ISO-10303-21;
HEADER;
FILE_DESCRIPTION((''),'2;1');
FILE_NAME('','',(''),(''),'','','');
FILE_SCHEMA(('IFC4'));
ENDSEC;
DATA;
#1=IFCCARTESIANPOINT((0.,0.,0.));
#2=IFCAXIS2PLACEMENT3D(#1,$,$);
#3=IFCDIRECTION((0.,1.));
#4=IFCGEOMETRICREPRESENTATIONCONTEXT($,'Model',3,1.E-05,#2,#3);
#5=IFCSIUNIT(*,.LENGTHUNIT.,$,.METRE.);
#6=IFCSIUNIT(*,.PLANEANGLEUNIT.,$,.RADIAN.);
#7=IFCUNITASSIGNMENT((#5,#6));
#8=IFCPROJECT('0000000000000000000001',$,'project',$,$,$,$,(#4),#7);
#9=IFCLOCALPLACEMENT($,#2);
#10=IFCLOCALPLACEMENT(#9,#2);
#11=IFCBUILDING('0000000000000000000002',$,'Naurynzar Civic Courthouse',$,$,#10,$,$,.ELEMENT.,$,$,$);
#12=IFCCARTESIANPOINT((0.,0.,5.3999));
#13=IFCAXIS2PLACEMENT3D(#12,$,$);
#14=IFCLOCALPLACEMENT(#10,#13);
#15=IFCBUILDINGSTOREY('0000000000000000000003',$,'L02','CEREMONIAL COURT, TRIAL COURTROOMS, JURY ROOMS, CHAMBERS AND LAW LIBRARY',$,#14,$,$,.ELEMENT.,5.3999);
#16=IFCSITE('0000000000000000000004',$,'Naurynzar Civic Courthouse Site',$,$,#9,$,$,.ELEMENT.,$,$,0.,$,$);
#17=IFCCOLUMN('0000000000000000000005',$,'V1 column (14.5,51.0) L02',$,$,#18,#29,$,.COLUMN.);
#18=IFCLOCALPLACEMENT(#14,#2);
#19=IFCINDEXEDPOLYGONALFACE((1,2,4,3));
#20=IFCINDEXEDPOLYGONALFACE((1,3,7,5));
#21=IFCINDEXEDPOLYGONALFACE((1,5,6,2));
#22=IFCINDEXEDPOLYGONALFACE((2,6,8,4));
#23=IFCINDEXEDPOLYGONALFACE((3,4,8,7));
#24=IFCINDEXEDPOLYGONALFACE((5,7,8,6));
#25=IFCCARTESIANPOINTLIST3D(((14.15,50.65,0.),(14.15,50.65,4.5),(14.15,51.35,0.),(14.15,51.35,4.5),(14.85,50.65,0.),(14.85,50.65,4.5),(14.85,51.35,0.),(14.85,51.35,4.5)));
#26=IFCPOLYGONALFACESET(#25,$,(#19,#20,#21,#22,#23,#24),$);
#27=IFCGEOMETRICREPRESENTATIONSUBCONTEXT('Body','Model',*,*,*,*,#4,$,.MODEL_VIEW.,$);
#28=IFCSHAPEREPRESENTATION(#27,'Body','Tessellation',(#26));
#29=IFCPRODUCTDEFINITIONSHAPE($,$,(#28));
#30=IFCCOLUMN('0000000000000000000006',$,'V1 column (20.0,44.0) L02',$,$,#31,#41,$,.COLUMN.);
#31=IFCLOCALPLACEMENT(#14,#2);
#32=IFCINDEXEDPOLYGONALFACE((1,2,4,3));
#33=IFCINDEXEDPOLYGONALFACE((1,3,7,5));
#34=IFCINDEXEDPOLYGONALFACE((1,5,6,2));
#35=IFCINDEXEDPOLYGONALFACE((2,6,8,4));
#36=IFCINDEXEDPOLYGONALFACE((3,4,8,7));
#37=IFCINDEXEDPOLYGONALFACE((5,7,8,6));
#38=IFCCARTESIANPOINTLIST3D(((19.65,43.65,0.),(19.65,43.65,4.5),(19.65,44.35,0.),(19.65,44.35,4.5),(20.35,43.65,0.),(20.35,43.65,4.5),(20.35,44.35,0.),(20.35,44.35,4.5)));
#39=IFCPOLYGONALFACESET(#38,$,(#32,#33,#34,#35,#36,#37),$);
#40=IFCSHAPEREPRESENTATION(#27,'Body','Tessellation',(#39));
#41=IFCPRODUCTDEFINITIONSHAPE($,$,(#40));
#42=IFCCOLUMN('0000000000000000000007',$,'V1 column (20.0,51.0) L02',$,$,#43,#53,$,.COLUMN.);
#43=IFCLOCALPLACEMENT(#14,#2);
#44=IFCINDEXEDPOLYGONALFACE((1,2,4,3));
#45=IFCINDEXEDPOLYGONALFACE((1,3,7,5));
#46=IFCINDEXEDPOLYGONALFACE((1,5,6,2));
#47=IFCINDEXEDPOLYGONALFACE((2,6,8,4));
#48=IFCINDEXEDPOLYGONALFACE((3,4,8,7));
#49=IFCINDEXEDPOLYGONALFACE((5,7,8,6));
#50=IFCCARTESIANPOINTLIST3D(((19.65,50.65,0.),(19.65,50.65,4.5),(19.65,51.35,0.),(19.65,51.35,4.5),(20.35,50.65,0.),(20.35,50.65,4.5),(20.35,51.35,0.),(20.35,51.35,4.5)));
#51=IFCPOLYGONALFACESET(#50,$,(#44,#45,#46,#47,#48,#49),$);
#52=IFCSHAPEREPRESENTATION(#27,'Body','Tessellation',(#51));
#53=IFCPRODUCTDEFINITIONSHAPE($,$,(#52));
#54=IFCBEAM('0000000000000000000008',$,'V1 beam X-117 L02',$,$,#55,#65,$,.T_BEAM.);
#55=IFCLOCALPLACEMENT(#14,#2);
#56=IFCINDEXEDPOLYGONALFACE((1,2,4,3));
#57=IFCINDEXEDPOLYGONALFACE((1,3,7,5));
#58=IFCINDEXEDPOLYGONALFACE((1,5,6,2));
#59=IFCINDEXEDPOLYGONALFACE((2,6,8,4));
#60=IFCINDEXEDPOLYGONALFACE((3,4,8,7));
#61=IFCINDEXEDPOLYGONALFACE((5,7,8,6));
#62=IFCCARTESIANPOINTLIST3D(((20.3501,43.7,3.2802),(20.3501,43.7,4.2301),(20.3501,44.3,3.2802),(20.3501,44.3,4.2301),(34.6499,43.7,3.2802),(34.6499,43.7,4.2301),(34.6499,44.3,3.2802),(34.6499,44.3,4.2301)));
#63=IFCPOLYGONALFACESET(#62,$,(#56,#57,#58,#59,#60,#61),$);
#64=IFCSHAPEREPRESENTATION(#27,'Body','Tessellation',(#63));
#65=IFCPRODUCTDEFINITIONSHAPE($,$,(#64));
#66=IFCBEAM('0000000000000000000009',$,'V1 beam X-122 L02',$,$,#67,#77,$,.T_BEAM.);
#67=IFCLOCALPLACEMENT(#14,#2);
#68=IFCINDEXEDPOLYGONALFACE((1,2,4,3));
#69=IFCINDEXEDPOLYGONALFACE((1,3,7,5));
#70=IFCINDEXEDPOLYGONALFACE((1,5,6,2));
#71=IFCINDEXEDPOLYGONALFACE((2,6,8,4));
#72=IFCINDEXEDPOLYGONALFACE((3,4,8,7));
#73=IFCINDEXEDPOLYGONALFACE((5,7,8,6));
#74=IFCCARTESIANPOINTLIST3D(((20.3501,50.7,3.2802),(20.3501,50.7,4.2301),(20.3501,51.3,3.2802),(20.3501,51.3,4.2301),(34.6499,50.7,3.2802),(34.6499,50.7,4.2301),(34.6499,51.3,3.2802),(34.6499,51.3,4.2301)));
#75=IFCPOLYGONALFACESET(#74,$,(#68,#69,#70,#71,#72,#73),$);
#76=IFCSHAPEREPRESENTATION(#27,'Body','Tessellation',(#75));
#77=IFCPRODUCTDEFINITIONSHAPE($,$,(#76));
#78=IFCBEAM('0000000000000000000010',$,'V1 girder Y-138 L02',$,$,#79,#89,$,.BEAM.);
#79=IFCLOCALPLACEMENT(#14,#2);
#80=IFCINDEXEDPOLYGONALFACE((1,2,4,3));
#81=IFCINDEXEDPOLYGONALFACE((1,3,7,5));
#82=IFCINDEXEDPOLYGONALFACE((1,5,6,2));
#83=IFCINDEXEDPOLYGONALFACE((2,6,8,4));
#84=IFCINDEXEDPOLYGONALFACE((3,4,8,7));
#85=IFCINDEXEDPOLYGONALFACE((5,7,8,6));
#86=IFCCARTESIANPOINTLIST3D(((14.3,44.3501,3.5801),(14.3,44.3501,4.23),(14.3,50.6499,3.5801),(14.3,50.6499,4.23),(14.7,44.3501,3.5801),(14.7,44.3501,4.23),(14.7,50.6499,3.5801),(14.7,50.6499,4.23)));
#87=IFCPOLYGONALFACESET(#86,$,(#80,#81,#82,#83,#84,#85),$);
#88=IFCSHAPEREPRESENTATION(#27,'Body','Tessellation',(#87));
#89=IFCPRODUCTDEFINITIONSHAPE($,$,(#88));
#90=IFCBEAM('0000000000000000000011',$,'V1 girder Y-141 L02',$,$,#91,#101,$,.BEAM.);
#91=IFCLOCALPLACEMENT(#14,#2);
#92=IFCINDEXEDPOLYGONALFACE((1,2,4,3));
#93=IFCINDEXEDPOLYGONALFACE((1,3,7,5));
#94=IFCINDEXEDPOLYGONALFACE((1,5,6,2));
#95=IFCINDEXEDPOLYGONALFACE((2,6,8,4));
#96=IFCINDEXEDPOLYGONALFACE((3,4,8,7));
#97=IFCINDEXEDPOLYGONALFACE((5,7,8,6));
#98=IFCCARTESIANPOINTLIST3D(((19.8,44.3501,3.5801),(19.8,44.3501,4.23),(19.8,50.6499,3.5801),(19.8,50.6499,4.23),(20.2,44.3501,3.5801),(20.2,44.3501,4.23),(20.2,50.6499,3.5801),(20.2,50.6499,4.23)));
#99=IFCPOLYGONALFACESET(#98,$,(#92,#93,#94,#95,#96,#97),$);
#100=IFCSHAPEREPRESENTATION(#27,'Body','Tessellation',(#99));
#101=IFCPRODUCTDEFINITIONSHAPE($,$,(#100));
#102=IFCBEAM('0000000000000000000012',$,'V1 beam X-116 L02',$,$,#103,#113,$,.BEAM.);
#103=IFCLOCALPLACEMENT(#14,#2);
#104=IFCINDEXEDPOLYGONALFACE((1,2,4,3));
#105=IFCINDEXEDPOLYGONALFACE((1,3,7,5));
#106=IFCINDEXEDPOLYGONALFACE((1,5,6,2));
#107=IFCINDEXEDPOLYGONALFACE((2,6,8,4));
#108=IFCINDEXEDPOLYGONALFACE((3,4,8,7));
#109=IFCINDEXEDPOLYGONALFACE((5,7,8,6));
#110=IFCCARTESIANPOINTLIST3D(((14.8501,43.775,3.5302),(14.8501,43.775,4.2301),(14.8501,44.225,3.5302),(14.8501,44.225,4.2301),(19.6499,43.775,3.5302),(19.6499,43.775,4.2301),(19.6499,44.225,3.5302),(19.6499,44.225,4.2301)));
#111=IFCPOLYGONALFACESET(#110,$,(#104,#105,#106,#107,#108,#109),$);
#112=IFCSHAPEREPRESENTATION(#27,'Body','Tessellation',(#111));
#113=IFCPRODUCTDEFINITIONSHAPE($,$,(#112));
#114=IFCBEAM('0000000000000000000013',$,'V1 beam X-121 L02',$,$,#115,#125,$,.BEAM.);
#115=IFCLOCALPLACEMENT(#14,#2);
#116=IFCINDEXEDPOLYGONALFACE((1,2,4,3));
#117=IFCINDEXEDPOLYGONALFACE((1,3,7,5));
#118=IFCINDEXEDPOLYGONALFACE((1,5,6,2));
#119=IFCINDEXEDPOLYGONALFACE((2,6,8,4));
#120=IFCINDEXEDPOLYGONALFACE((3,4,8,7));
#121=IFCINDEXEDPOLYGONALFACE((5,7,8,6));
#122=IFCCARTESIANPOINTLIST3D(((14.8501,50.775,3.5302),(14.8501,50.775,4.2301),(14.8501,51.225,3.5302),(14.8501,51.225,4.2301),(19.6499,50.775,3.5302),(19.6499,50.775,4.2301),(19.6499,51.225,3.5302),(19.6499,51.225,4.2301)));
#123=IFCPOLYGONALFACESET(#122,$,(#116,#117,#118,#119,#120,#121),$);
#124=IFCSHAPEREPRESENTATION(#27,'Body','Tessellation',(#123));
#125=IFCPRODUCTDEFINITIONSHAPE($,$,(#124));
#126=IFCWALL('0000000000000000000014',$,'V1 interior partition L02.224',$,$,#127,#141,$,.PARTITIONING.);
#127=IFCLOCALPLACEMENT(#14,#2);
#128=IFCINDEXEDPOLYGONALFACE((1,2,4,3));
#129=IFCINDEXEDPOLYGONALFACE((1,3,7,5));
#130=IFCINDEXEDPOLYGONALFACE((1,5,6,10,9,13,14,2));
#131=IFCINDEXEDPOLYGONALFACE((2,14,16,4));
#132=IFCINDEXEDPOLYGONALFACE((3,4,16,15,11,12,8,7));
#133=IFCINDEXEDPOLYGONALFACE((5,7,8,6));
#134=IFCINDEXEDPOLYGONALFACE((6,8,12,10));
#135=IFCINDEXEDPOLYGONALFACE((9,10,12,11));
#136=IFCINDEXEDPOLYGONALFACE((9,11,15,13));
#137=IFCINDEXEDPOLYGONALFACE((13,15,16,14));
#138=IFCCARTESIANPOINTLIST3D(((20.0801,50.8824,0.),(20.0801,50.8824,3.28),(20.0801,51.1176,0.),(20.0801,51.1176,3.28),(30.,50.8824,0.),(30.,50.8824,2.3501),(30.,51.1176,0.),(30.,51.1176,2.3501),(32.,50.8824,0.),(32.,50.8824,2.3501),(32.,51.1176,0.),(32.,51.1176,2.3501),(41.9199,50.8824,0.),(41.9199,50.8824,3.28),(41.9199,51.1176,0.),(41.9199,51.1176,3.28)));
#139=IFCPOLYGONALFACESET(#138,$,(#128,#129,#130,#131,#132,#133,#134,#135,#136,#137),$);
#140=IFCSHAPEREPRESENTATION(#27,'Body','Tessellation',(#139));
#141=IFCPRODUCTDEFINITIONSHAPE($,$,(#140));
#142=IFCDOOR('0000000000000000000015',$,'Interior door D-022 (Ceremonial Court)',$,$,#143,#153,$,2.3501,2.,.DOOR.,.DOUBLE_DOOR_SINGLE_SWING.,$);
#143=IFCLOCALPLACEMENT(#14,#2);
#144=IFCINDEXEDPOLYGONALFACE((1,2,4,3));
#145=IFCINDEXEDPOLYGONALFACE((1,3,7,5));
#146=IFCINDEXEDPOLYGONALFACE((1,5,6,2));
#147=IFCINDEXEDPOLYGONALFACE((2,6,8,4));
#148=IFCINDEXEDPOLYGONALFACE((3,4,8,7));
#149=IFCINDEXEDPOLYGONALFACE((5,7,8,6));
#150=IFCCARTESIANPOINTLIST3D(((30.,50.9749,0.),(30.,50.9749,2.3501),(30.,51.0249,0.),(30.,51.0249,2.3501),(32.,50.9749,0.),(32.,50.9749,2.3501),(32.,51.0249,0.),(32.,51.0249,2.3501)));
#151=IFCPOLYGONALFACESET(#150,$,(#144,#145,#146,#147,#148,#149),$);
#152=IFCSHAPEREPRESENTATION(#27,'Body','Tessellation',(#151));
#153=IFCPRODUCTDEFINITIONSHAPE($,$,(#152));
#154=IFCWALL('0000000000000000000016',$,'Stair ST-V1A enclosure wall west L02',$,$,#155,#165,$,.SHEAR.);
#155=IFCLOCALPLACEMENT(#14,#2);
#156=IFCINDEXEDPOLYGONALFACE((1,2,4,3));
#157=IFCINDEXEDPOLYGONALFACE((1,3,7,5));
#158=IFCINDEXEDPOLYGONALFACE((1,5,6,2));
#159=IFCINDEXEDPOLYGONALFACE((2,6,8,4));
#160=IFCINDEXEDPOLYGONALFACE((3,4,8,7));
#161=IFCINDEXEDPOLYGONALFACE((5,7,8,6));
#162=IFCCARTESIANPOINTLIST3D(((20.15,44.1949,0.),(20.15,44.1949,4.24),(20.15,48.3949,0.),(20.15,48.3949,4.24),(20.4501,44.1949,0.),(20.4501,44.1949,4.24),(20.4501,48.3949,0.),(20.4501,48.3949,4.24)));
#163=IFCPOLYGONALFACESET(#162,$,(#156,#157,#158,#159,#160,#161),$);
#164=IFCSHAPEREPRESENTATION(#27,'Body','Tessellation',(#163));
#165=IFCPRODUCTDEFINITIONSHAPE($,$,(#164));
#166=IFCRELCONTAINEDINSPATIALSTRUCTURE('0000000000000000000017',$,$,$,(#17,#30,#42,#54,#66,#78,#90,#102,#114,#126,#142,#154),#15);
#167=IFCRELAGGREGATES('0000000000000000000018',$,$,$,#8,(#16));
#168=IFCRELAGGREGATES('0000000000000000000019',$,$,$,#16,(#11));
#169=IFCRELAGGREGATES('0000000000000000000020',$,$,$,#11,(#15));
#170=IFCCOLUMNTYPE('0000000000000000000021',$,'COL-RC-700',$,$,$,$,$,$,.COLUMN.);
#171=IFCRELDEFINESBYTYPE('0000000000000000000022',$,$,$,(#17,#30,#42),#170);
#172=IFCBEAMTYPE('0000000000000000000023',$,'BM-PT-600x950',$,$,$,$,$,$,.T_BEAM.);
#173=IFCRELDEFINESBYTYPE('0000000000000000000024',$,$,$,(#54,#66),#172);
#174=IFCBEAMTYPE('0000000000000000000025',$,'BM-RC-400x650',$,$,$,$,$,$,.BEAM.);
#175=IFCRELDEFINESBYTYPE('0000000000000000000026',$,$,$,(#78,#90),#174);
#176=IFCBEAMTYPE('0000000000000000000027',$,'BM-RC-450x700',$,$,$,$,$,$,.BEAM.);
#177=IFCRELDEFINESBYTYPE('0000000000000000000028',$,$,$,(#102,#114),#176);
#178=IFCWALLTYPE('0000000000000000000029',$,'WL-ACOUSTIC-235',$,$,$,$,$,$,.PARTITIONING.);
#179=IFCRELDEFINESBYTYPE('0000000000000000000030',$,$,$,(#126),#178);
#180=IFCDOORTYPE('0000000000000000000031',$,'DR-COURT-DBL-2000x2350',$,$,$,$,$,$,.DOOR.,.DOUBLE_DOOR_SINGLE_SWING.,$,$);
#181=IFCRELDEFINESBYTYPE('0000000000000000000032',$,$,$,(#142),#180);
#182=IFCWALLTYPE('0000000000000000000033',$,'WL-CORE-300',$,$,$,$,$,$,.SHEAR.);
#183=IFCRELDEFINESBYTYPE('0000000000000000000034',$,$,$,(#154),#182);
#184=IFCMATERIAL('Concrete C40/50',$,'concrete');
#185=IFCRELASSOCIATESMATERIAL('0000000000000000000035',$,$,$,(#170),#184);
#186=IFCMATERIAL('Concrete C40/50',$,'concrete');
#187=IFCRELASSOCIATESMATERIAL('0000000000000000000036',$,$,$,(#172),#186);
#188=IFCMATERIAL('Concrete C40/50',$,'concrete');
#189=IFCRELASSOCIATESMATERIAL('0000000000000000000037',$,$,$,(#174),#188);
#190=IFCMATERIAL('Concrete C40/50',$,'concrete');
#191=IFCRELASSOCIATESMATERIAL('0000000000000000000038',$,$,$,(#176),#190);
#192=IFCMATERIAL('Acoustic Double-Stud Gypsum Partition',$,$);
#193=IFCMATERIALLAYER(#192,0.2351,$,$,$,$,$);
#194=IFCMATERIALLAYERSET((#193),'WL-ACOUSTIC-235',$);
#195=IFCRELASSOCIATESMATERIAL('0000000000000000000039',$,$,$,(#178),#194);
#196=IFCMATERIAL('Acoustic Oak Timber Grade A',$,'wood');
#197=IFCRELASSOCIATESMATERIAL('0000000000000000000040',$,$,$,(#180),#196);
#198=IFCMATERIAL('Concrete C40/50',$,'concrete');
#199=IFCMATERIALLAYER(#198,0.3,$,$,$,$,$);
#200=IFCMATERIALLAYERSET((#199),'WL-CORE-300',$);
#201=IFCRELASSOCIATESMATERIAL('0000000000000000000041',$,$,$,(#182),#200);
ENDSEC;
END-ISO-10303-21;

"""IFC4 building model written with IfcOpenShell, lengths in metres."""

from ifc_helpers import new_model, si_unit, direction, frame, frame_2d, origin, origin_2d, place, context, subcontext, project, spatial, rectangle, extrude, material, layer, layer_set, material_profile, profile_set, type_object, element, fill, save


model = new_model("IFC4")

# Units and contexts
model_context = context("Model", 3, precision=1e-05, world=origin(), true_north=direction((0.0, 1.0)))
body_context = subcontext(model_context, "Body", "Model", "MODEL_VIEW")
ifc_project = project(units=[si_unit("LENGTHUNIT", "METRE"), si_unit("PLANEANGLEUNIT", "RADIAN")], contexts=[model_context])

# Site, building, storey
site_placement = place(None, origin())
site = spatial("IfcSite", under=ifc_project, at=site_placement, Name="Naurynzar Civic Courthouse Site", CompositionType="ELEMENT", RefElevation=0.0)
building_placement = place(site_placement, origin())
building = spatial("IfcBuilding", under=site, at=building_placement, Name="Naurynzar Civic Courthouse", CompositionType="ELEMENT")
storey_placement = place(building_placement, frame((0.0, 0.0, 5.3999)))
storey = spatial("IfcBuildingStorey", under=building, at=storey_placement, Name="L02", Description="CEREMONIAL COURT, TRIAL COURTROOMS, JURY ROOMS, CHAMBERS AND LAW LIBRARY", CompositionType="ELEMENT", Elevation=5.3999)

# Columns
ifc_material_1 = material(Name="Concrete C40/50", Category="concrete")
ifc_material_profile_1 = material_profile(ifc_material_1, rectangle(XDim=0.7, YDim=0.7, at=origin_2d()), Name="RC 700x700")
ifc_profile_set_1 = profile_set([ifc_material_profile_1], Name="Concrete C40/50")
column_type = type_object("IfcColumnType", Name="COL-RC-700", PredefinedType="COLUMN", material=ifc_profile_set_1)
for number, where, z_axis, x_axis, name in (
    (1, (14.5, 51.0, 0.0), (0.0, 0.0, 1.0), (1.0, 0.0, 0.0), "V1 column (14.5,51.0) L02"),
    (2, (20.0, 44.0, 0.0), (0.0, 0.0, 1.0), (1.0, 0.0, 0.0), "V1 column (20.0,44.0) L02"),
    (3, (20.0, 51.0, 0.0), (0.0, 0.0, 1.0), (1.0, 0.0, 0.0), "V1 column (20.0,51.0) L02"),
):
    element("IfcColumn", number, at=place(storey_placement, frame(where, z_axis=z_axis, x_axis=x_axis)), inside=storey, type_object=column_type, Name=name, PredefinedType="COLUMN", context=body_context, shape_type="SweptSolid", body=[
        extrude(rectangle(XDim=0.7, YDim=0.7, at=origin_2d()), origin(), (0.0, 0.0, 1.0), 4.5),
    ])

# Beams
ifc_material_2 = material(Name="Concrete C40/50", Category="concrete")
ifc_material_profile_2 = material_profile(ifc_material_2, rectangle(XDim=0.6001, YDim=0.95, at=origin_2d()), Name="PTB 600x950")
ifc_profile_set_2 = profile_set([ifc_material_profile_2], Name="Concrete C40/50")
beam_type_1 = type_object("IfcBeamType", Name="BM-PT-600x950", PredefinedType="T_BEAM", material=ifc_profile_set_2)
for number, where, z_axis, x_axis, name in (
    (4, (20.3501, 44.0, 3.7551), (1.0, 0.0, 0.0), (0.0, 1.0, 0.0), "V1 beam X-117 L02"),
    (5, (20.3501, 51.0, 3.7551), (1.0, 0.0, 0.0), (0.0, 1.0, 0.0), "V1 beam X-122 L02"),
):
    element("IfcBeam", number, at=place(storey_placement, frame(where, z_axis=z_axis, x_axis=x_axis)), inside=storey, type_object=beam_type_1, Name=name, PredefinedType="T_BEAM", context=body_context, shape_type="SweptSolid", body=[
        extrude(rectangle(XDim=0.6001, YDim=0.95, at=origin_2d()), origin(), (0.0, 0.0, 1.0), 14.2998),
    ])
ifc_material_3 = material(Name="Concrete C40/50", Category="concrete")
ifc_material_profile_3 = material_profile(ifc_material_3, rectangle(XDim=0.3999, YDim=0.6499, at=origin_2d()), Name="RCB 400x650")
ifc_profile_set_3 = profile_set([ifc_material_profile_3], Name="Concrete C40/50")
beam_type_2 = type_object("IfcBeamType", Name="BM-RC-400x650", PredefinedType="BEAM", material=ifc_profile_set_3)
for number, where, z_axis, x_axis, name in (
    (6, (14.5, 44.3501, 3.905), (0.0, 1.0, 0.0), (-1.0, 0.0, 0.0), "V1 girder Y-138 L02"),
    (7, (20.0, 44.3501, 3.905), (0.0, 1.0, 0.0), (-1.0, 0.0, 0.0), "V1 girder Y-141 L02"),
):
    element("IfcBeam", number, at=place(storey_placement, frame(where, z_axis=z_axis, x_axis=x_axis)), inside=storey, type_object=beam_type_2, Name=name, PredefinedType="BEAM", context=body_context, shape_type="SweptSolid", body=[
        extrude(rectangle(XDim=0.3999, YDim=0.6499, at=origin_2d()), origin(), (0.0, 0.0, 1.0), 6.2998),
    ])
ifc_material_4 = material(Name="Concrete C40/50", Category="concrete")
ifc_material_profile_4 = material_profile(ifc_material_4, rectangle(XDim=0.45, YDim=0.7, at=origin_2d()), Name="RCB 450x700")
ifc_profile_set_4 = profile_set([ifc_material_profile_4], Name="Concrete C40/50")
beam_type_3 = type_object("IfcBeamType", Name="BM-RC-450x700", PredefinedType="BEAM", material=ifc_profile_set_4)
for number, where, z_axis, x_axis, name in (
    (8, (14.8501, 44.0, 3.8801), (1.0, 0.0, 0.0), (0.0, 1.0, 0.0), "V1 beam X-116 L02"),
    (9, (14.8501, 51.0, 3.8801), (1.0, 0.0, 0.0), (0.0, 1.0, 0.0), "V1 beam X-121 L02"),
):
    element("IfcBeam", number, at=place(storey_placement, frame(where, z_axis=z_axis, x_axis=x_axis)), inside=storey, type_object=beam_type_3, Name=name, PredefinedType="BEAM", context=body_context, shape_type="SweptSolid", body=[
        extrude(rectangle(XDim=0.45, YDim=0.7, at=origin_2d()), origin(), (0.0, 0.0, 1.0), 4.7998),
    ])

# Wall, opening, door
ifc_material_5 = material(Name="Acoustic Double-Stud Gypsum Partition")
ifc_layer_1 = layer(ifc_material_5, 0.2351)
ifc_layer_set_1 = layer_set([ifc_layer_1], Name="WL-ACOUSTIC-235")
wall_type_1 = type_object("IfcWallType", Name="WL-ACOUSTIC-235", PredefinedType="PARTITIONING", material=ifc_layer_set_1)
wall_1_placement = place(storey_placement, frame((20.0801, 51.0, 0.0), z_axis=(0.0, 0.0, 1.0), x_axis=(1.0, 0.0, 0.0)))
wall_1 = element("IfcWall", 10, at=wall_1_placement, inside=storey, type_object=wall_type_1, Name="V1 interior partition L02.224", PredefinedType="PARTITIONING", context=body_context, shape_type="SweptSolid", body=[
    extrude(rectangle(XDim=21.8398, YDim=0.2351, at=frame_2d((10.9199, 0.0))), origin(), (0.0, 0.0, 1.0), 3.28),
])
opening_1_placement = place(wall_1_placement, frame((9.9199, 0.0, 0.0)))
opening_1 = element("IfcOpeningElement", 11, at=opening_1_placement, cuts=wall_1, PredefinedType="OPENING", context=body_context, shape_type="SweptSolid", body=[
    extrude(rectangle(XDim=2.0, YDim=2.3501, at=frame_2d((1.0, 1.175))), frame((0.0, 0.1274, 0.0), z_axis=(0.0, -1.0, 0.0), x_axis=(1.0, 0.0, 0.0)), (0.0, 0.0, 1.0), 0.2551),
])
ifc_material_6 = material(Name="Acoustic Oak Timber Grade A", Category="wood")
door_type_1 = type_object("IfcDoorType", Name="DR-COURT-DBL-2000x2350", OperationType="DOUBLE_DOOR_SINGLE_SWING", PredefinedType="DOOR", material=ifc_material_6)
door_1_placement = place(opening_1_placement, origin())
door_1 = element("IfcDoor", 12, at=door_1_placement, inside=storey, type_object=door_type_1, Name="Interior door D-022 (Ceremonial Court)", OperationType="DOUBLE_DOOR_SINGLE_SWING", OverallHeight=2.3501, OverallWidth=2.0, PredefinedType="DOOR", context=body_context, shape_type="SweptSolid", body=[
    extrude(rectangle(XDim=2.0, YDim=2.3501, at=frame_2d((1.0, 1.175))), frame((0.0, 0.0249, 0.0), z_axis=(0.0, -1.0, 0.0), x_axis=(1.0, 0.0, 0.0)), (0.0, 0.0, 1.0), 0.05),
])
fill(opening_1, door_1)

# Wall
ifc_material_7 = material(Name="Concrete C40/50", Category="concrete")
ifc_layer_2 = layer(ifc_material_7, 0.3)
ifc_layer_set_2 = layer_set([ifc_layer_2], Name="WL-CORE-300")
wall_type_2 = type_object("IfcWallType", Name="WL-CORE-300", PredefinedType="SHEAR", material=ifc_layer_set_2)
wall_2_placement = place(storey_placement, frame((20.3, 48.395, 0.0), z_axis=(0.0, 0.0, 1.0), x_axis=(0.0, -1.0, 0.0)))
element("IfcWall", 13, at=wall_2_placement, inside=storey, type_object=wall_type_2, Name="Stair ST-V1A enclosure wall west L02", PredefinedType="SHEAR", context=body_context, shape_type="SweptSolid", body=[
    extrude(rectangle(XDim=4.2, YDim=0.3, at=frame_2d((2.1001, 0.0))), origin(), (0.0, 0.0, 1.0), 4.24),
])

save(model, "model.ifc")
